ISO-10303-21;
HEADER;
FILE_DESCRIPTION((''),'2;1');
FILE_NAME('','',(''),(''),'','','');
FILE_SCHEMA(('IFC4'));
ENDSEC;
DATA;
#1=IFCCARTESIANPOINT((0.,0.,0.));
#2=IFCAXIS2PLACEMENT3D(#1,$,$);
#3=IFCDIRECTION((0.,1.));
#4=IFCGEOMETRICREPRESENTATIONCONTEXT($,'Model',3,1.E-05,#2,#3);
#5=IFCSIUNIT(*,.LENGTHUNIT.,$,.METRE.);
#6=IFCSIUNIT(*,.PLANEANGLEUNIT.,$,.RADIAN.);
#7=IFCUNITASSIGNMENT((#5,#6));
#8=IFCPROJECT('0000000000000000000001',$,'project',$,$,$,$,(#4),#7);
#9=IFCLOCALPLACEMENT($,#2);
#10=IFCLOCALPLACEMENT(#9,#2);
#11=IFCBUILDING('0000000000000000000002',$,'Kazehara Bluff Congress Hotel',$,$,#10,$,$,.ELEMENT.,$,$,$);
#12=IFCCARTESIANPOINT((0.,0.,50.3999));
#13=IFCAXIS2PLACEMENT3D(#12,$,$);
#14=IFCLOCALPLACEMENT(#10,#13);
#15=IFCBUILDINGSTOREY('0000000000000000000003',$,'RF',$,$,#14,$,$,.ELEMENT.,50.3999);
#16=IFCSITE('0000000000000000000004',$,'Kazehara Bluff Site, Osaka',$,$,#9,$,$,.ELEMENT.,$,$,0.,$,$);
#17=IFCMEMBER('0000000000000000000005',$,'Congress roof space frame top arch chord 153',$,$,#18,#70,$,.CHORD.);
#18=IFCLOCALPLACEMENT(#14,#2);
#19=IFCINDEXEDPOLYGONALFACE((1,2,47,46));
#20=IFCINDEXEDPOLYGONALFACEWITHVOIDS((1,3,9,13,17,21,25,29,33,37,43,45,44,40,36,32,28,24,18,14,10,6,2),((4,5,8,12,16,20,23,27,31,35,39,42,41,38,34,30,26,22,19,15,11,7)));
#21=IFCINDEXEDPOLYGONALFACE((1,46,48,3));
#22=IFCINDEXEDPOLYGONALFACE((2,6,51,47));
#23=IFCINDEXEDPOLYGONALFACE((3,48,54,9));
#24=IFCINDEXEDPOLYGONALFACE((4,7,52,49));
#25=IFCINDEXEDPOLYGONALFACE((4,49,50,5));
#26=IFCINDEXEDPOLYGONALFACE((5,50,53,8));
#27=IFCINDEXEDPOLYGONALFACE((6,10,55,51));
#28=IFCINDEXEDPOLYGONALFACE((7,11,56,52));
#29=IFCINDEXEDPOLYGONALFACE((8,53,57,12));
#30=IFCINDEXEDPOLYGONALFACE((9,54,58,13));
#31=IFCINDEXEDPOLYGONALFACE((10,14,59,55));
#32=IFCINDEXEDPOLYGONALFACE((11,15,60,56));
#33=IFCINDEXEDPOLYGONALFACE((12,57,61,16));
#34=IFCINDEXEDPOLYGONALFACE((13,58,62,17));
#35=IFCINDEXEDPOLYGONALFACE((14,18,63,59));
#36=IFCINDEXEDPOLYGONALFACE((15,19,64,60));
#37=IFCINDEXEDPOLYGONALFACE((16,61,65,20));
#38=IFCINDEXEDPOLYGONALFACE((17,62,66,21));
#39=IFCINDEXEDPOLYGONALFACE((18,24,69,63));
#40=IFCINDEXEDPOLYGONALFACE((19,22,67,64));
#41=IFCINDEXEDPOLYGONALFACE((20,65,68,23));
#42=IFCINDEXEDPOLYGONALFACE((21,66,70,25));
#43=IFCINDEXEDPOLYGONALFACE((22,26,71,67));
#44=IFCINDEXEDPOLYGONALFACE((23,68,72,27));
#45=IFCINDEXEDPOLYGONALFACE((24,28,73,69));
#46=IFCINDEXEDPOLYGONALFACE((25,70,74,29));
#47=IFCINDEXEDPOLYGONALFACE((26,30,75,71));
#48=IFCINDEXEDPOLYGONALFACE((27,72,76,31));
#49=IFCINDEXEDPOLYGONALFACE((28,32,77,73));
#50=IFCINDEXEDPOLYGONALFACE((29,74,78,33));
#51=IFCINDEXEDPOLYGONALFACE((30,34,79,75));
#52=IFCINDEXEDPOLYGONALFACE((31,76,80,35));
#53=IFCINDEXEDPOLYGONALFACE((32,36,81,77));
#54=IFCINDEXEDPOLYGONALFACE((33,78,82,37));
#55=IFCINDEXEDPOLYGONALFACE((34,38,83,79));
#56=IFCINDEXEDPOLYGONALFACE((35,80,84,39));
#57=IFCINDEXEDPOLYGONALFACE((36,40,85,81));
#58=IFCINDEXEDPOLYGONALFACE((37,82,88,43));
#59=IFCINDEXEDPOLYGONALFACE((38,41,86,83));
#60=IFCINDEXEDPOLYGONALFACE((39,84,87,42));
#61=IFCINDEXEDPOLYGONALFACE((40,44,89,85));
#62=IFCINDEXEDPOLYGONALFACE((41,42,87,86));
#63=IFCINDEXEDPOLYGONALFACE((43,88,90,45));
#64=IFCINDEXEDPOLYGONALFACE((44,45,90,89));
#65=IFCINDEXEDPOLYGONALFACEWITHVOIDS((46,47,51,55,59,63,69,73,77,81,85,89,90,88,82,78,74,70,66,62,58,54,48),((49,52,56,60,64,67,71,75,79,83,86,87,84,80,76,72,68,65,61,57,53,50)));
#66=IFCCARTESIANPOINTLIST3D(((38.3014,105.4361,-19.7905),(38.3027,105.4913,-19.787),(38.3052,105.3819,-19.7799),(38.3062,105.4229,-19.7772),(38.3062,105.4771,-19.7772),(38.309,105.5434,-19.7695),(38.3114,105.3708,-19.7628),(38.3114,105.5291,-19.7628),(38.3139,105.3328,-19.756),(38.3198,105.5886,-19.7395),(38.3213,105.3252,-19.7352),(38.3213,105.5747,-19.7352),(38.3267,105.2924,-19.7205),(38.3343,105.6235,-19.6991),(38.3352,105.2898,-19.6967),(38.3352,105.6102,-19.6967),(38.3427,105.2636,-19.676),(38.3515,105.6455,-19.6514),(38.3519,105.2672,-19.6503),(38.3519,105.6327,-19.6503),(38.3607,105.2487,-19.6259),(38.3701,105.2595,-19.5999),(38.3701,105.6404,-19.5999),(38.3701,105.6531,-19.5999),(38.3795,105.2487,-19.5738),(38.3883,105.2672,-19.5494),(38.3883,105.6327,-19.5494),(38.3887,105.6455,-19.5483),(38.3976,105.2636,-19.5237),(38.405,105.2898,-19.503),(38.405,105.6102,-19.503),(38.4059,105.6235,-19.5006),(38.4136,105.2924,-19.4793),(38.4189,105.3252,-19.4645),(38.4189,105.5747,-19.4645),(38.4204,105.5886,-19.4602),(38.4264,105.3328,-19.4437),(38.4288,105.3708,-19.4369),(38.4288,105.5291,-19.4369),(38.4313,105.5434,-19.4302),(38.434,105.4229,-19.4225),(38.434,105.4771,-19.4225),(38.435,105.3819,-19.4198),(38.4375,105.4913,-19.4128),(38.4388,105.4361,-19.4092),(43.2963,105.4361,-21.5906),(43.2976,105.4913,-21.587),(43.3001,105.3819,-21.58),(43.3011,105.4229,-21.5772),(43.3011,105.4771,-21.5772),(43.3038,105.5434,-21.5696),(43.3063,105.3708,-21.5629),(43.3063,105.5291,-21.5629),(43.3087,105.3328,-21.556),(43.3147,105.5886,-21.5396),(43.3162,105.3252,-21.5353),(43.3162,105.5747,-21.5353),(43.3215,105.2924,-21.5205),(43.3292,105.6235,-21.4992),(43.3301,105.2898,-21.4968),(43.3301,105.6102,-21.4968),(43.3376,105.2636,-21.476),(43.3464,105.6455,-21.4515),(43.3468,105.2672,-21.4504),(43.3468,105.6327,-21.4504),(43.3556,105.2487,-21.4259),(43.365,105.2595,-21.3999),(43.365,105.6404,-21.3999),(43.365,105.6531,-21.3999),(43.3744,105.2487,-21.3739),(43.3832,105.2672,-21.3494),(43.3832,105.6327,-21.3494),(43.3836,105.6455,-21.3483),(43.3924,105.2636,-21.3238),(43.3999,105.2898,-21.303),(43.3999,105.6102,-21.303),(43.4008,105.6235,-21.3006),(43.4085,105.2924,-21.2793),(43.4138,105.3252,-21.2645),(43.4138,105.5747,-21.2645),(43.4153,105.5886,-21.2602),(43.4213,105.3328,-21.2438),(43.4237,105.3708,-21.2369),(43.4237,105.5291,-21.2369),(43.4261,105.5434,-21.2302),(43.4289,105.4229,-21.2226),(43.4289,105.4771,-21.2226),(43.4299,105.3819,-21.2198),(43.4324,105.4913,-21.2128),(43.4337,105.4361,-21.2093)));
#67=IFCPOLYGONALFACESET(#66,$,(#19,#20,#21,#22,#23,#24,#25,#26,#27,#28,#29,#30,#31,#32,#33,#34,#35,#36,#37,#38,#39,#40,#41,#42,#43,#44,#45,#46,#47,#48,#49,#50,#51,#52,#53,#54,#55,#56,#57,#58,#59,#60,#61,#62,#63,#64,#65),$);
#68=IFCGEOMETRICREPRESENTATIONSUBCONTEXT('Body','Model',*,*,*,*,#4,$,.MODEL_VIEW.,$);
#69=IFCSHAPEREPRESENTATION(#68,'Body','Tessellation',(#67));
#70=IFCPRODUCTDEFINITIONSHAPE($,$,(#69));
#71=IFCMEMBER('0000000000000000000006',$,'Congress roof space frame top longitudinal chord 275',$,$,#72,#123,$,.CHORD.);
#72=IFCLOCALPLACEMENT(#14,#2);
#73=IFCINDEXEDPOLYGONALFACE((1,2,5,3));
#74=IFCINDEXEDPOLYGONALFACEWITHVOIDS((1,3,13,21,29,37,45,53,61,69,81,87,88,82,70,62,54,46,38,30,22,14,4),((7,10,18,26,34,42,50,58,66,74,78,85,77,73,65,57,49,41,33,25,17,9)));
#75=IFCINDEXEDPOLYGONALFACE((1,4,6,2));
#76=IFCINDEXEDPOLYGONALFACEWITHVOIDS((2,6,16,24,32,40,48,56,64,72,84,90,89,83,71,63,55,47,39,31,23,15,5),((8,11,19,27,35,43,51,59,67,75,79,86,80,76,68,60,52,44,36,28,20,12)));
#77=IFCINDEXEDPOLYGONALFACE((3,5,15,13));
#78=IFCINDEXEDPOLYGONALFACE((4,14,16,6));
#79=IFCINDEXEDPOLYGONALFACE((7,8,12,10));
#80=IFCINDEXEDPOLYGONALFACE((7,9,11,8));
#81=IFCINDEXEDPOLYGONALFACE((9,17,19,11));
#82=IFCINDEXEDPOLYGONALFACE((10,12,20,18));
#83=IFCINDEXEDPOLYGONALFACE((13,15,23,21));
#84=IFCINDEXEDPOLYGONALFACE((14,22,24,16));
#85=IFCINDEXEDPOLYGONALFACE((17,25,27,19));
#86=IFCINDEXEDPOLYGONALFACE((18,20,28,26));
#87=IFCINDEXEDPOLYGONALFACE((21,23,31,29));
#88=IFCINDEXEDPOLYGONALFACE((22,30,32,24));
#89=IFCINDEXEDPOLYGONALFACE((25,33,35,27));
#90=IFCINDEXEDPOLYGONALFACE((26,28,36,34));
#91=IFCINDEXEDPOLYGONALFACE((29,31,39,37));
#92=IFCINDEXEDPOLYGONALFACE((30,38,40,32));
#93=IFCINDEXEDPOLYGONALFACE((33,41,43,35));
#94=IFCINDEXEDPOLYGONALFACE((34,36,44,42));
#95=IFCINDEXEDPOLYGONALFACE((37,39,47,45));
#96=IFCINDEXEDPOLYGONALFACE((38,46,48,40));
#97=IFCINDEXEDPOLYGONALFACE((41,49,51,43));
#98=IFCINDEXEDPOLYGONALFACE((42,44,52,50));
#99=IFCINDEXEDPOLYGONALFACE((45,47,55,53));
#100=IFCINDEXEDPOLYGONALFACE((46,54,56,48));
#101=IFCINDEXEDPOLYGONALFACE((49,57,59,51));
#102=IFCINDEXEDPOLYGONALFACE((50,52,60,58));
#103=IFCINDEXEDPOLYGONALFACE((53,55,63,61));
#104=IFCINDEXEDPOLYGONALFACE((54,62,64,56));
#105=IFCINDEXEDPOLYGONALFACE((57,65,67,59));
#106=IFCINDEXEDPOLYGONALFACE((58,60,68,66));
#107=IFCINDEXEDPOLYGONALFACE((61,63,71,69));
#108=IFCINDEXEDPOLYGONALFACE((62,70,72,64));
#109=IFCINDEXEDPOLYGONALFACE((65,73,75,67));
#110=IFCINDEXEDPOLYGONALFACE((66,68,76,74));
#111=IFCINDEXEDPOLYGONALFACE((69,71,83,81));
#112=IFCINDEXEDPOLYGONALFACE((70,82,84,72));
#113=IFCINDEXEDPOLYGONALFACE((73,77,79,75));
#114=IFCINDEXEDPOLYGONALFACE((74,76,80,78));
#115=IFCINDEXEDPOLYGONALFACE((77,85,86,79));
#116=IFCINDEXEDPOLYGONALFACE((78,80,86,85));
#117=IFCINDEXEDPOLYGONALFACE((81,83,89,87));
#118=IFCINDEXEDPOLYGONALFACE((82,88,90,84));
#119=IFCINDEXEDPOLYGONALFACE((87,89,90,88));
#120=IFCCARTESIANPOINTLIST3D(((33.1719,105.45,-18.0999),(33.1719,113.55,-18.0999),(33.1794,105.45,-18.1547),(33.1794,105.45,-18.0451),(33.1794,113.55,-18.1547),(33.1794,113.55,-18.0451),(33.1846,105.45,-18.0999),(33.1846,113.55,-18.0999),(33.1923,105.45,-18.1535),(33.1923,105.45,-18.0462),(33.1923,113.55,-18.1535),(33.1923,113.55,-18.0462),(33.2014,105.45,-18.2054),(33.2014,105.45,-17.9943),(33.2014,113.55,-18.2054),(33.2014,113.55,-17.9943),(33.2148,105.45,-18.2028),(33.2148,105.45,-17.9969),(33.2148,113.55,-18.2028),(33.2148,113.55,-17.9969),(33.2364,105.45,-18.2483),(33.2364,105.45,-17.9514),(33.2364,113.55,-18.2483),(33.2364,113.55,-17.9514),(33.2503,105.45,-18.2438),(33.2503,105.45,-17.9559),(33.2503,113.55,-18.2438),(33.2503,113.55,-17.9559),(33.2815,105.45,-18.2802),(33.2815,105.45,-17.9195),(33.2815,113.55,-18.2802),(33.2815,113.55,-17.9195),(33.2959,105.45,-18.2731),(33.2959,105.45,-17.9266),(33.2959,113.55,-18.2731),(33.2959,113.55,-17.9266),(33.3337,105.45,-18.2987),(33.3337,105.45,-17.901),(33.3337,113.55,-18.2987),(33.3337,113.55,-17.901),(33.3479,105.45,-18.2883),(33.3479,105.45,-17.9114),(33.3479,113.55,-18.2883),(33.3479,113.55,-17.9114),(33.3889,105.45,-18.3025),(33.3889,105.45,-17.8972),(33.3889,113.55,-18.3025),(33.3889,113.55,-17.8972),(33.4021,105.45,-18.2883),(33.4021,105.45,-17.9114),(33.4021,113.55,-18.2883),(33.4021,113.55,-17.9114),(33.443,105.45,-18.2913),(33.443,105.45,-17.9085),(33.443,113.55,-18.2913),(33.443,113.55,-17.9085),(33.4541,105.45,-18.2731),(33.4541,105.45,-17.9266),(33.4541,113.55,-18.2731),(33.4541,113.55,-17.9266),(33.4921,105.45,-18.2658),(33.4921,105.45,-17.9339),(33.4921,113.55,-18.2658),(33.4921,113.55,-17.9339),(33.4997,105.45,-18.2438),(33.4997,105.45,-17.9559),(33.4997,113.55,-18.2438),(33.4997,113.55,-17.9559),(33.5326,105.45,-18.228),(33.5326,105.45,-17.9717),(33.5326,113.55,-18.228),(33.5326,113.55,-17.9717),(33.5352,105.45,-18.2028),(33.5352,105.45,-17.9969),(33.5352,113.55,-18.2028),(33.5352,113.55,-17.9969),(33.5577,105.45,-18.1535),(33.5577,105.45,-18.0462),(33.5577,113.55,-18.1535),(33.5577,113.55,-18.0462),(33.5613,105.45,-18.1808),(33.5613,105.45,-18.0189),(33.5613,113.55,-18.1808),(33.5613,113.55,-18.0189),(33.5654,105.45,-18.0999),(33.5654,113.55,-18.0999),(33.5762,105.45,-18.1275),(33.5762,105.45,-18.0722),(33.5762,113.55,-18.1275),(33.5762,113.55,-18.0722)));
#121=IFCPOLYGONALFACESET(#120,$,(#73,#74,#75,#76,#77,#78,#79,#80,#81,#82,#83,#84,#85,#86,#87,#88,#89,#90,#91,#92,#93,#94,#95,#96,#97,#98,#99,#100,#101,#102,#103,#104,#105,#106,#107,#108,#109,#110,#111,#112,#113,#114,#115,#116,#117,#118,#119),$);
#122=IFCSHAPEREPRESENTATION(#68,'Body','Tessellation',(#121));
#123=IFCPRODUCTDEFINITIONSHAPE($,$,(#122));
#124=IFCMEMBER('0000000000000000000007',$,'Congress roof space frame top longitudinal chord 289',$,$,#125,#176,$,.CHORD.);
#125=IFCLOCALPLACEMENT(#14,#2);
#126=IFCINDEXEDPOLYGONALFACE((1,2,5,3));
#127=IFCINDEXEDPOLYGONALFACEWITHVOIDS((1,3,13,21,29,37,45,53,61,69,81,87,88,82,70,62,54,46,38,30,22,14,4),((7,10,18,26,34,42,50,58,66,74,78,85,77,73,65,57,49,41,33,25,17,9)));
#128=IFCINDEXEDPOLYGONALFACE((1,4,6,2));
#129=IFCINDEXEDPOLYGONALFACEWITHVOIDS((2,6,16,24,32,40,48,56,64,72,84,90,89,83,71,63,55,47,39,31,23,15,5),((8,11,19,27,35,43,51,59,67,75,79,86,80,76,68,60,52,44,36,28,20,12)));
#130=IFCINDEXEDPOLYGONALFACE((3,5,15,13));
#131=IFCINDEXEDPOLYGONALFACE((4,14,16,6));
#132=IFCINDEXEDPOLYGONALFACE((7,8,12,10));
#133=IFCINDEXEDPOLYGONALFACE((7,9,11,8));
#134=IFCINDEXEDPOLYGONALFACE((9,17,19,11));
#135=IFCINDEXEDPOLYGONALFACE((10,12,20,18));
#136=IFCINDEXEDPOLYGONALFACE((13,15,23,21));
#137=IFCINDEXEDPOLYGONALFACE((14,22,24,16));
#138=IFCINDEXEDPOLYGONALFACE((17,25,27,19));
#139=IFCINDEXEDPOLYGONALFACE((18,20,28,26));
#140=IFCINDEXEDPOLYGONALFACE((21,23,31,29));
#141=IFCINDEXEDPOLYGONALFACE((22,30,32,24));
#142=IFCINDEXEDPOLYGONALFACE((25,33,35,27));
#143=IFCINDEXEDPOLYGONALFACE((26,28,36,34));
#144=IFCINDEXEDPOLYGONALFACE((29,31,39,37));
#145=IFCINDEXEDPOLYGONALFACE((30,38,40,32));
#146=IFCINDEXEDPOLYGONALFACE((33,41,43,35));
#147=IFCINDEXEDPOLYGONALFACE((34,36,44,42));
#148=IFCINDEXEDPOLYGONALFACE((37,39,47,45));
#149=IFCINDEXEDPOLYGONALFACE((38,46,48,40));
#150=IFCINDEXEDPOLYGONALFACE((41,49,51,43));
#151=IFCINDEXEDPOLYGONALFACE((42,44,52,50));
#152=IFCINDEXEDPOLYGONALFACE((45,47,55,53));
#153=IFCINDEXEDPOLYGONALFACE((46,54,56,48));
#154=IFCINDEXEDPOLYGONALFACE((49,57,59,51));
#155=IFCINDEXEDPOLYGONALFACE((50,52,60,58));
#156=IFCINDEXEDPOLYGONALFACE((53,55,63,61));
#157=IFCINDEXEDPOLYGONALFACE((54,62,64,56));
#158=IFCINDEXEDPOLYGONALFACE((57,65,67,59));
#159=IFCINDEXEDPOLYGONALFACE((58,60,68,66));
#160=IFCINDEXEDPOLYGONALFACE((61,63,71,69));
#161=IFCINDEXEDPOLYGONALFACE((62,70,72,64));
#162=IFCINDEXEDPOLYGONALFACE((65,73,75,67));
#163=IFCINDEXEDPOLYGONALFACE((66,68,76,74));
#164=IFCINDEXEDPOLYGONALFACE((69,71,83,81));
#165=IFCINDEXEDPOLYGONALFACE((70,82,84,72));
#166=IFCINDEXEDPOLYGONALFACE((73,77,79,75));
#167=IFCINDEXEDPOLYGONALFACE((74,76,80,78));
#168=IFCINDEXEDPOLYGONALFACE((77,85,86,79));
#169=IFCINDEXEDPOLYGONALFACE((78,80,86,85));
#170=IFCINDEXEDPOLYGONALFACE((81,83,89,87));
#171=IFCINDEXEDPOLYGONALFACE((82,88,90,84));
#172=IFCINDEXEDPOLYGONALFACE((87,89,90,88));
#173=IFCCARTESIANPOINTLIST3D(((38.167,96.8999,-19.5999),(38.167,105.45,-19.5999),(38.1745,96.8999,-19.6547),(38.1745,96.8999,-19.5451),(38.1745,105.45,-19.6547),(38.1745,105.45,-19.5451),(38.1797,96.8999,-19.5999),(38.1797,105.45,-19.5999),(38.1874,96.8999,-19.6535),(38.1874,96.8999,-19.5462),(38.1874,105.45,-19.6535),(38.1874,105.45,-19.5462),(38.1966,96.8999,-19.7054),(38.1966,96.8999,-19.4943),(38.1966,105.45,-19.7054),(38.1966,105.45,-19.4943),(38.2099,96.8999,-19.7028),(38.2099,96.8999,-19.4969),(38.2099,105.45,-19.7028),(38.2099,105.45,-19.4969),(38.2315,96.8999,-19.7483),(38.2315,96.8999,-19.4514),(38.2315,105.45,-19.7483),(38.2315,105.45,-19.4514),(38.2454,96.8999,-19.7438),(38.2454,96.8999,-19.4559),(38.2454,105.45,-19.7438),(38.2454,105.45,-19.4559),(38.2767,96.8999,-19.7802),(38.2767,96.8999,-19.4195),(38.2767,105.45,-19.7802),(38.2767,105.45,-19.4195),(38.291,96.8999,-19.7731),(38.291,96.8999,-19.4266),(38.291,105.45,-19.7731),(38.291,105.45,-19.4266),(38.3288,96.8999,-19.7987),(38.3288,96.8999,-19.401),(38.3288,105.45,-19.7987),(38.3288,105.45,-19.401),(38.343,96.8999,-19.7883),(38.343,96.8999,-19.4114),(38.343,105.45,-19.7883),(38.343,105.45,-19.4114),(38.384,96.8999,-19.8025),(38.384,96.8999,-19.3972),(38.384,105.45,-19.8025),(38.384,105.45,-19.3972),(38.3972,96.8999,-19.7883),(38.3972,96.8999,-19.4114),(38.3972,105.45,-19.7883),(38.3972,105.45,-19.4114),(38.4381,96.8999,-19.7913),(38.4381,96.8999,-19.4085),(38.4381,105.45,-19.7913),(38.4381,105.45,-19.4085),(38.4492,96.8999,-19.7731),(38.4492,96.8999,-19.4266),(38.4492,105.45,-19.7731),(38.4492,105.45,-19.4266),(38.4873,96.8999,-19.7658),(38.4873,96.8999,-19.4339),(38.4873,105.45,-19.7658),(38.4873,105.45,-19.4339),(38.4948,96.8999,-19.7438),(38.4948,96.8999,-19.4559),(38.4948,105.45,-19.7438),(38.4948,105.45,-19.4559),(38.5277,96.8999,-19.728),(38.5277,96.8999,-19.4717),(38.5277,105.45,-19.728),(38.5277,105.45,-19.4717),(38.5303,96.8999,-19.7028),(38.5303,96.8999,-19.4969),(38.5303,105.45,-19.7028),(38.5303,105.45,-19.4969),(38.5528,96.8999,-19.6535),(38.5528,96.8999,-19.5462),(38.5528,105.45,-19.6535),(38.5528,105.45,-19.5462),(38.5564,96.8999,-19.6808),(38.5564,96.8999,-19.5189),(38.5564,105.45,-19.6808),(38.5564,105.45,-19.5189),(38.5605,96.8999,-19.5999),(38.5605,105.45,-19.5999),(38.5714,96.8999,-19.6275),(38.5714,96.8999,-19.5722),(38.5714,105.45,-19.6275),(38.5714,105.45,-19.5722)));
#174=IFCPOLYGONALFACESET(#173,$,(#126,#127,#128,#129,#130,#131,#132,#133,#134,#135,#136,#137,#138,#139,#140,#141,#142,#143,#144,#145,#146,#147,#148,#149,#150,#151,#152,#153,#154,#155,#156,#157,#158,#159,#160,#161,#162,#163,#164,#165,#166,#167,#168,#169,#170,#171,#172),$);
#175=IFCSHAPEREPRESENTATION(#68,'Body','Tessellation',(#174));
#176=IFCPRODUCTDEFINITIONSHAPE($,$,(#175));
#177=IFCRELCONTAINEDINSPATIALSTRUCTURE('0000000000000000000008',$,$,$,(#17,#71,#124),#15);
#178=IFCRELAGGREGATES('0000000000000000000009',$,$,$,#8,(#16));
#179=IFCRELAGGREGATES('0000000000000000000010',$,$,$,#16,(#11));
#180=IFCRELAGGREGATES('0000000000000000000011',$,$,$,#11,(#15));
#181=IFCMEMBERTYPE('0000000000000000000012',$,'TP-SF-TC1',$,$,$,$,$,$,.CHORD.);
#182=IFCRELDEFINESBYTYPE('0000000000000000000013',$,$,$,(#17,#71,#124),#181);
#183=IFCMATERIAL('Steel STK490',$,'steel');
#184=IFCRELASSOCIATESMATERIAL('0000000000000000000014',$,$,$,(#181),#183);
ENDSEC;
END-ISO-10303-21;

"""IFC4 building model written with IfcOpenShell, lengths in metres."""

from ifc_helpers import new_model, si_unit, direction, frame, origin, origin_2d, place, context, subcontext, project, spatial, hollow_circle, extrude, material, material_profile, profile_set, type_object, element, save


model = new_model("IFC4")

# Units and contexts
model_context = context("Model", 3, precision=1e-05, world=origin(), true_north=direction((0.0, 1.0)))
body_context = subcontext(model_context, "Body", "Model", "MODEL_VIEW")
ifc_project = project(units=[si_unit("LENGTHUNIT", "METRE"), si_unit("PLANEANGLEUNIT", "RADIAN")], contexts=[model_context])

# Site, building, storey
site_placement = place(None, origin())
site = spatial("IfcSite", under=ifc_project, at=site_placement, Name="Kazehara Bluff Site, Osaka", CompositionType="ELEMENT", RefElevation=0.0)
building_placement = place(site_placement, origin())
building = spatial("IfcBuilding", under=site, at=building_placement, Name="Kazehara Bluff Congress Hotel", CompositionType="ELEMENT")
storey_placement = place(building_placement, frame((0.0, 0.0, 50.3999)))
storey = spatial("IfcBuildingStorey", under=building, at=storey_placement, Name="RF", CompositionType="ELEMENT", Elevation=50.3999)

# Members
ifc_material_1 = material(Name="Steel STK490", Category="steel")
ifc_material_profile_1 = material_profile(ifc_material_1, hollow_circle(Radius=0.2031, WallThickness=0.0127, at=origin_2d()))
ifc_profile_set_1 = profile_set([ifc_material_profile_1], Name="Steel STK490")
member_type_1 = type_object("IfcMemberType", Name="TP-SF-TC1", PredefinedType="CHORD", material=ifc_profile_set_1)
member_1_placement = place(storey_placement, frame((38.3701, 105.45, -19.5999), z_axis=(0.940774, 0.0, -0.339035), x_axis=(0.0, 1.0, 0.0)))
element("IfcMember", 1, at=member_1_placement, inside=storey, type_object=member_type_1, Name="Congress roof space frame top arch chord 153", PredefinedType="CHORD", context=body_context, shape_type="SweptSolid", body=[
    extrude(hollow_circle(Radius=0.2031, WallThickness=0.0127, at=origin_2d()), origin(), (0.0, 0.0, 1.0), 5.3093),
])
member_2_placement = place(storey_placement, frame((33.375, 105.45, -18.0999), z_axis=(0.0, 1.0, 0.0), x_axis=(-1.0, 0.0, 0.0)))
element("IfcMember", 2, at=member_2_placement, inside=storey, type_object=member_type_1, Name="Congress roof space frame top longitudinal chord 275", PredefinedType="CHORD", context=body_context, shape_type="SweptSolid", body=[
    extrude(hollow_circle(Radius=0.2031, WallThickness=0.0127, at=origin_2d()), origin(), (0.0, 0.0, 1.0), 8.1001),
])
member_3_placement = place(storey_placement, frame((38.3701, 96.8999, -19.5999), z_axis=(0.0, 1.0, 0.0), x_axis=(-1.0, 0.0, 0.0)))
element("IfcMember", 3, at=member_3_placement, inside=storey, type_object=member_type_1, Name="Congress roof space frame top longitudinal chord 289", PredefinedType="CHORD", context=body_context, shape_type="SweptSolid", body=[
    extrude(hollow_circle(Radius=0.2031, WallThickness=0.0127, at=origin_2d()), origin(), (0.0, 0.0, 1.0), 8.55),
])

save(model, "model.ifc")
